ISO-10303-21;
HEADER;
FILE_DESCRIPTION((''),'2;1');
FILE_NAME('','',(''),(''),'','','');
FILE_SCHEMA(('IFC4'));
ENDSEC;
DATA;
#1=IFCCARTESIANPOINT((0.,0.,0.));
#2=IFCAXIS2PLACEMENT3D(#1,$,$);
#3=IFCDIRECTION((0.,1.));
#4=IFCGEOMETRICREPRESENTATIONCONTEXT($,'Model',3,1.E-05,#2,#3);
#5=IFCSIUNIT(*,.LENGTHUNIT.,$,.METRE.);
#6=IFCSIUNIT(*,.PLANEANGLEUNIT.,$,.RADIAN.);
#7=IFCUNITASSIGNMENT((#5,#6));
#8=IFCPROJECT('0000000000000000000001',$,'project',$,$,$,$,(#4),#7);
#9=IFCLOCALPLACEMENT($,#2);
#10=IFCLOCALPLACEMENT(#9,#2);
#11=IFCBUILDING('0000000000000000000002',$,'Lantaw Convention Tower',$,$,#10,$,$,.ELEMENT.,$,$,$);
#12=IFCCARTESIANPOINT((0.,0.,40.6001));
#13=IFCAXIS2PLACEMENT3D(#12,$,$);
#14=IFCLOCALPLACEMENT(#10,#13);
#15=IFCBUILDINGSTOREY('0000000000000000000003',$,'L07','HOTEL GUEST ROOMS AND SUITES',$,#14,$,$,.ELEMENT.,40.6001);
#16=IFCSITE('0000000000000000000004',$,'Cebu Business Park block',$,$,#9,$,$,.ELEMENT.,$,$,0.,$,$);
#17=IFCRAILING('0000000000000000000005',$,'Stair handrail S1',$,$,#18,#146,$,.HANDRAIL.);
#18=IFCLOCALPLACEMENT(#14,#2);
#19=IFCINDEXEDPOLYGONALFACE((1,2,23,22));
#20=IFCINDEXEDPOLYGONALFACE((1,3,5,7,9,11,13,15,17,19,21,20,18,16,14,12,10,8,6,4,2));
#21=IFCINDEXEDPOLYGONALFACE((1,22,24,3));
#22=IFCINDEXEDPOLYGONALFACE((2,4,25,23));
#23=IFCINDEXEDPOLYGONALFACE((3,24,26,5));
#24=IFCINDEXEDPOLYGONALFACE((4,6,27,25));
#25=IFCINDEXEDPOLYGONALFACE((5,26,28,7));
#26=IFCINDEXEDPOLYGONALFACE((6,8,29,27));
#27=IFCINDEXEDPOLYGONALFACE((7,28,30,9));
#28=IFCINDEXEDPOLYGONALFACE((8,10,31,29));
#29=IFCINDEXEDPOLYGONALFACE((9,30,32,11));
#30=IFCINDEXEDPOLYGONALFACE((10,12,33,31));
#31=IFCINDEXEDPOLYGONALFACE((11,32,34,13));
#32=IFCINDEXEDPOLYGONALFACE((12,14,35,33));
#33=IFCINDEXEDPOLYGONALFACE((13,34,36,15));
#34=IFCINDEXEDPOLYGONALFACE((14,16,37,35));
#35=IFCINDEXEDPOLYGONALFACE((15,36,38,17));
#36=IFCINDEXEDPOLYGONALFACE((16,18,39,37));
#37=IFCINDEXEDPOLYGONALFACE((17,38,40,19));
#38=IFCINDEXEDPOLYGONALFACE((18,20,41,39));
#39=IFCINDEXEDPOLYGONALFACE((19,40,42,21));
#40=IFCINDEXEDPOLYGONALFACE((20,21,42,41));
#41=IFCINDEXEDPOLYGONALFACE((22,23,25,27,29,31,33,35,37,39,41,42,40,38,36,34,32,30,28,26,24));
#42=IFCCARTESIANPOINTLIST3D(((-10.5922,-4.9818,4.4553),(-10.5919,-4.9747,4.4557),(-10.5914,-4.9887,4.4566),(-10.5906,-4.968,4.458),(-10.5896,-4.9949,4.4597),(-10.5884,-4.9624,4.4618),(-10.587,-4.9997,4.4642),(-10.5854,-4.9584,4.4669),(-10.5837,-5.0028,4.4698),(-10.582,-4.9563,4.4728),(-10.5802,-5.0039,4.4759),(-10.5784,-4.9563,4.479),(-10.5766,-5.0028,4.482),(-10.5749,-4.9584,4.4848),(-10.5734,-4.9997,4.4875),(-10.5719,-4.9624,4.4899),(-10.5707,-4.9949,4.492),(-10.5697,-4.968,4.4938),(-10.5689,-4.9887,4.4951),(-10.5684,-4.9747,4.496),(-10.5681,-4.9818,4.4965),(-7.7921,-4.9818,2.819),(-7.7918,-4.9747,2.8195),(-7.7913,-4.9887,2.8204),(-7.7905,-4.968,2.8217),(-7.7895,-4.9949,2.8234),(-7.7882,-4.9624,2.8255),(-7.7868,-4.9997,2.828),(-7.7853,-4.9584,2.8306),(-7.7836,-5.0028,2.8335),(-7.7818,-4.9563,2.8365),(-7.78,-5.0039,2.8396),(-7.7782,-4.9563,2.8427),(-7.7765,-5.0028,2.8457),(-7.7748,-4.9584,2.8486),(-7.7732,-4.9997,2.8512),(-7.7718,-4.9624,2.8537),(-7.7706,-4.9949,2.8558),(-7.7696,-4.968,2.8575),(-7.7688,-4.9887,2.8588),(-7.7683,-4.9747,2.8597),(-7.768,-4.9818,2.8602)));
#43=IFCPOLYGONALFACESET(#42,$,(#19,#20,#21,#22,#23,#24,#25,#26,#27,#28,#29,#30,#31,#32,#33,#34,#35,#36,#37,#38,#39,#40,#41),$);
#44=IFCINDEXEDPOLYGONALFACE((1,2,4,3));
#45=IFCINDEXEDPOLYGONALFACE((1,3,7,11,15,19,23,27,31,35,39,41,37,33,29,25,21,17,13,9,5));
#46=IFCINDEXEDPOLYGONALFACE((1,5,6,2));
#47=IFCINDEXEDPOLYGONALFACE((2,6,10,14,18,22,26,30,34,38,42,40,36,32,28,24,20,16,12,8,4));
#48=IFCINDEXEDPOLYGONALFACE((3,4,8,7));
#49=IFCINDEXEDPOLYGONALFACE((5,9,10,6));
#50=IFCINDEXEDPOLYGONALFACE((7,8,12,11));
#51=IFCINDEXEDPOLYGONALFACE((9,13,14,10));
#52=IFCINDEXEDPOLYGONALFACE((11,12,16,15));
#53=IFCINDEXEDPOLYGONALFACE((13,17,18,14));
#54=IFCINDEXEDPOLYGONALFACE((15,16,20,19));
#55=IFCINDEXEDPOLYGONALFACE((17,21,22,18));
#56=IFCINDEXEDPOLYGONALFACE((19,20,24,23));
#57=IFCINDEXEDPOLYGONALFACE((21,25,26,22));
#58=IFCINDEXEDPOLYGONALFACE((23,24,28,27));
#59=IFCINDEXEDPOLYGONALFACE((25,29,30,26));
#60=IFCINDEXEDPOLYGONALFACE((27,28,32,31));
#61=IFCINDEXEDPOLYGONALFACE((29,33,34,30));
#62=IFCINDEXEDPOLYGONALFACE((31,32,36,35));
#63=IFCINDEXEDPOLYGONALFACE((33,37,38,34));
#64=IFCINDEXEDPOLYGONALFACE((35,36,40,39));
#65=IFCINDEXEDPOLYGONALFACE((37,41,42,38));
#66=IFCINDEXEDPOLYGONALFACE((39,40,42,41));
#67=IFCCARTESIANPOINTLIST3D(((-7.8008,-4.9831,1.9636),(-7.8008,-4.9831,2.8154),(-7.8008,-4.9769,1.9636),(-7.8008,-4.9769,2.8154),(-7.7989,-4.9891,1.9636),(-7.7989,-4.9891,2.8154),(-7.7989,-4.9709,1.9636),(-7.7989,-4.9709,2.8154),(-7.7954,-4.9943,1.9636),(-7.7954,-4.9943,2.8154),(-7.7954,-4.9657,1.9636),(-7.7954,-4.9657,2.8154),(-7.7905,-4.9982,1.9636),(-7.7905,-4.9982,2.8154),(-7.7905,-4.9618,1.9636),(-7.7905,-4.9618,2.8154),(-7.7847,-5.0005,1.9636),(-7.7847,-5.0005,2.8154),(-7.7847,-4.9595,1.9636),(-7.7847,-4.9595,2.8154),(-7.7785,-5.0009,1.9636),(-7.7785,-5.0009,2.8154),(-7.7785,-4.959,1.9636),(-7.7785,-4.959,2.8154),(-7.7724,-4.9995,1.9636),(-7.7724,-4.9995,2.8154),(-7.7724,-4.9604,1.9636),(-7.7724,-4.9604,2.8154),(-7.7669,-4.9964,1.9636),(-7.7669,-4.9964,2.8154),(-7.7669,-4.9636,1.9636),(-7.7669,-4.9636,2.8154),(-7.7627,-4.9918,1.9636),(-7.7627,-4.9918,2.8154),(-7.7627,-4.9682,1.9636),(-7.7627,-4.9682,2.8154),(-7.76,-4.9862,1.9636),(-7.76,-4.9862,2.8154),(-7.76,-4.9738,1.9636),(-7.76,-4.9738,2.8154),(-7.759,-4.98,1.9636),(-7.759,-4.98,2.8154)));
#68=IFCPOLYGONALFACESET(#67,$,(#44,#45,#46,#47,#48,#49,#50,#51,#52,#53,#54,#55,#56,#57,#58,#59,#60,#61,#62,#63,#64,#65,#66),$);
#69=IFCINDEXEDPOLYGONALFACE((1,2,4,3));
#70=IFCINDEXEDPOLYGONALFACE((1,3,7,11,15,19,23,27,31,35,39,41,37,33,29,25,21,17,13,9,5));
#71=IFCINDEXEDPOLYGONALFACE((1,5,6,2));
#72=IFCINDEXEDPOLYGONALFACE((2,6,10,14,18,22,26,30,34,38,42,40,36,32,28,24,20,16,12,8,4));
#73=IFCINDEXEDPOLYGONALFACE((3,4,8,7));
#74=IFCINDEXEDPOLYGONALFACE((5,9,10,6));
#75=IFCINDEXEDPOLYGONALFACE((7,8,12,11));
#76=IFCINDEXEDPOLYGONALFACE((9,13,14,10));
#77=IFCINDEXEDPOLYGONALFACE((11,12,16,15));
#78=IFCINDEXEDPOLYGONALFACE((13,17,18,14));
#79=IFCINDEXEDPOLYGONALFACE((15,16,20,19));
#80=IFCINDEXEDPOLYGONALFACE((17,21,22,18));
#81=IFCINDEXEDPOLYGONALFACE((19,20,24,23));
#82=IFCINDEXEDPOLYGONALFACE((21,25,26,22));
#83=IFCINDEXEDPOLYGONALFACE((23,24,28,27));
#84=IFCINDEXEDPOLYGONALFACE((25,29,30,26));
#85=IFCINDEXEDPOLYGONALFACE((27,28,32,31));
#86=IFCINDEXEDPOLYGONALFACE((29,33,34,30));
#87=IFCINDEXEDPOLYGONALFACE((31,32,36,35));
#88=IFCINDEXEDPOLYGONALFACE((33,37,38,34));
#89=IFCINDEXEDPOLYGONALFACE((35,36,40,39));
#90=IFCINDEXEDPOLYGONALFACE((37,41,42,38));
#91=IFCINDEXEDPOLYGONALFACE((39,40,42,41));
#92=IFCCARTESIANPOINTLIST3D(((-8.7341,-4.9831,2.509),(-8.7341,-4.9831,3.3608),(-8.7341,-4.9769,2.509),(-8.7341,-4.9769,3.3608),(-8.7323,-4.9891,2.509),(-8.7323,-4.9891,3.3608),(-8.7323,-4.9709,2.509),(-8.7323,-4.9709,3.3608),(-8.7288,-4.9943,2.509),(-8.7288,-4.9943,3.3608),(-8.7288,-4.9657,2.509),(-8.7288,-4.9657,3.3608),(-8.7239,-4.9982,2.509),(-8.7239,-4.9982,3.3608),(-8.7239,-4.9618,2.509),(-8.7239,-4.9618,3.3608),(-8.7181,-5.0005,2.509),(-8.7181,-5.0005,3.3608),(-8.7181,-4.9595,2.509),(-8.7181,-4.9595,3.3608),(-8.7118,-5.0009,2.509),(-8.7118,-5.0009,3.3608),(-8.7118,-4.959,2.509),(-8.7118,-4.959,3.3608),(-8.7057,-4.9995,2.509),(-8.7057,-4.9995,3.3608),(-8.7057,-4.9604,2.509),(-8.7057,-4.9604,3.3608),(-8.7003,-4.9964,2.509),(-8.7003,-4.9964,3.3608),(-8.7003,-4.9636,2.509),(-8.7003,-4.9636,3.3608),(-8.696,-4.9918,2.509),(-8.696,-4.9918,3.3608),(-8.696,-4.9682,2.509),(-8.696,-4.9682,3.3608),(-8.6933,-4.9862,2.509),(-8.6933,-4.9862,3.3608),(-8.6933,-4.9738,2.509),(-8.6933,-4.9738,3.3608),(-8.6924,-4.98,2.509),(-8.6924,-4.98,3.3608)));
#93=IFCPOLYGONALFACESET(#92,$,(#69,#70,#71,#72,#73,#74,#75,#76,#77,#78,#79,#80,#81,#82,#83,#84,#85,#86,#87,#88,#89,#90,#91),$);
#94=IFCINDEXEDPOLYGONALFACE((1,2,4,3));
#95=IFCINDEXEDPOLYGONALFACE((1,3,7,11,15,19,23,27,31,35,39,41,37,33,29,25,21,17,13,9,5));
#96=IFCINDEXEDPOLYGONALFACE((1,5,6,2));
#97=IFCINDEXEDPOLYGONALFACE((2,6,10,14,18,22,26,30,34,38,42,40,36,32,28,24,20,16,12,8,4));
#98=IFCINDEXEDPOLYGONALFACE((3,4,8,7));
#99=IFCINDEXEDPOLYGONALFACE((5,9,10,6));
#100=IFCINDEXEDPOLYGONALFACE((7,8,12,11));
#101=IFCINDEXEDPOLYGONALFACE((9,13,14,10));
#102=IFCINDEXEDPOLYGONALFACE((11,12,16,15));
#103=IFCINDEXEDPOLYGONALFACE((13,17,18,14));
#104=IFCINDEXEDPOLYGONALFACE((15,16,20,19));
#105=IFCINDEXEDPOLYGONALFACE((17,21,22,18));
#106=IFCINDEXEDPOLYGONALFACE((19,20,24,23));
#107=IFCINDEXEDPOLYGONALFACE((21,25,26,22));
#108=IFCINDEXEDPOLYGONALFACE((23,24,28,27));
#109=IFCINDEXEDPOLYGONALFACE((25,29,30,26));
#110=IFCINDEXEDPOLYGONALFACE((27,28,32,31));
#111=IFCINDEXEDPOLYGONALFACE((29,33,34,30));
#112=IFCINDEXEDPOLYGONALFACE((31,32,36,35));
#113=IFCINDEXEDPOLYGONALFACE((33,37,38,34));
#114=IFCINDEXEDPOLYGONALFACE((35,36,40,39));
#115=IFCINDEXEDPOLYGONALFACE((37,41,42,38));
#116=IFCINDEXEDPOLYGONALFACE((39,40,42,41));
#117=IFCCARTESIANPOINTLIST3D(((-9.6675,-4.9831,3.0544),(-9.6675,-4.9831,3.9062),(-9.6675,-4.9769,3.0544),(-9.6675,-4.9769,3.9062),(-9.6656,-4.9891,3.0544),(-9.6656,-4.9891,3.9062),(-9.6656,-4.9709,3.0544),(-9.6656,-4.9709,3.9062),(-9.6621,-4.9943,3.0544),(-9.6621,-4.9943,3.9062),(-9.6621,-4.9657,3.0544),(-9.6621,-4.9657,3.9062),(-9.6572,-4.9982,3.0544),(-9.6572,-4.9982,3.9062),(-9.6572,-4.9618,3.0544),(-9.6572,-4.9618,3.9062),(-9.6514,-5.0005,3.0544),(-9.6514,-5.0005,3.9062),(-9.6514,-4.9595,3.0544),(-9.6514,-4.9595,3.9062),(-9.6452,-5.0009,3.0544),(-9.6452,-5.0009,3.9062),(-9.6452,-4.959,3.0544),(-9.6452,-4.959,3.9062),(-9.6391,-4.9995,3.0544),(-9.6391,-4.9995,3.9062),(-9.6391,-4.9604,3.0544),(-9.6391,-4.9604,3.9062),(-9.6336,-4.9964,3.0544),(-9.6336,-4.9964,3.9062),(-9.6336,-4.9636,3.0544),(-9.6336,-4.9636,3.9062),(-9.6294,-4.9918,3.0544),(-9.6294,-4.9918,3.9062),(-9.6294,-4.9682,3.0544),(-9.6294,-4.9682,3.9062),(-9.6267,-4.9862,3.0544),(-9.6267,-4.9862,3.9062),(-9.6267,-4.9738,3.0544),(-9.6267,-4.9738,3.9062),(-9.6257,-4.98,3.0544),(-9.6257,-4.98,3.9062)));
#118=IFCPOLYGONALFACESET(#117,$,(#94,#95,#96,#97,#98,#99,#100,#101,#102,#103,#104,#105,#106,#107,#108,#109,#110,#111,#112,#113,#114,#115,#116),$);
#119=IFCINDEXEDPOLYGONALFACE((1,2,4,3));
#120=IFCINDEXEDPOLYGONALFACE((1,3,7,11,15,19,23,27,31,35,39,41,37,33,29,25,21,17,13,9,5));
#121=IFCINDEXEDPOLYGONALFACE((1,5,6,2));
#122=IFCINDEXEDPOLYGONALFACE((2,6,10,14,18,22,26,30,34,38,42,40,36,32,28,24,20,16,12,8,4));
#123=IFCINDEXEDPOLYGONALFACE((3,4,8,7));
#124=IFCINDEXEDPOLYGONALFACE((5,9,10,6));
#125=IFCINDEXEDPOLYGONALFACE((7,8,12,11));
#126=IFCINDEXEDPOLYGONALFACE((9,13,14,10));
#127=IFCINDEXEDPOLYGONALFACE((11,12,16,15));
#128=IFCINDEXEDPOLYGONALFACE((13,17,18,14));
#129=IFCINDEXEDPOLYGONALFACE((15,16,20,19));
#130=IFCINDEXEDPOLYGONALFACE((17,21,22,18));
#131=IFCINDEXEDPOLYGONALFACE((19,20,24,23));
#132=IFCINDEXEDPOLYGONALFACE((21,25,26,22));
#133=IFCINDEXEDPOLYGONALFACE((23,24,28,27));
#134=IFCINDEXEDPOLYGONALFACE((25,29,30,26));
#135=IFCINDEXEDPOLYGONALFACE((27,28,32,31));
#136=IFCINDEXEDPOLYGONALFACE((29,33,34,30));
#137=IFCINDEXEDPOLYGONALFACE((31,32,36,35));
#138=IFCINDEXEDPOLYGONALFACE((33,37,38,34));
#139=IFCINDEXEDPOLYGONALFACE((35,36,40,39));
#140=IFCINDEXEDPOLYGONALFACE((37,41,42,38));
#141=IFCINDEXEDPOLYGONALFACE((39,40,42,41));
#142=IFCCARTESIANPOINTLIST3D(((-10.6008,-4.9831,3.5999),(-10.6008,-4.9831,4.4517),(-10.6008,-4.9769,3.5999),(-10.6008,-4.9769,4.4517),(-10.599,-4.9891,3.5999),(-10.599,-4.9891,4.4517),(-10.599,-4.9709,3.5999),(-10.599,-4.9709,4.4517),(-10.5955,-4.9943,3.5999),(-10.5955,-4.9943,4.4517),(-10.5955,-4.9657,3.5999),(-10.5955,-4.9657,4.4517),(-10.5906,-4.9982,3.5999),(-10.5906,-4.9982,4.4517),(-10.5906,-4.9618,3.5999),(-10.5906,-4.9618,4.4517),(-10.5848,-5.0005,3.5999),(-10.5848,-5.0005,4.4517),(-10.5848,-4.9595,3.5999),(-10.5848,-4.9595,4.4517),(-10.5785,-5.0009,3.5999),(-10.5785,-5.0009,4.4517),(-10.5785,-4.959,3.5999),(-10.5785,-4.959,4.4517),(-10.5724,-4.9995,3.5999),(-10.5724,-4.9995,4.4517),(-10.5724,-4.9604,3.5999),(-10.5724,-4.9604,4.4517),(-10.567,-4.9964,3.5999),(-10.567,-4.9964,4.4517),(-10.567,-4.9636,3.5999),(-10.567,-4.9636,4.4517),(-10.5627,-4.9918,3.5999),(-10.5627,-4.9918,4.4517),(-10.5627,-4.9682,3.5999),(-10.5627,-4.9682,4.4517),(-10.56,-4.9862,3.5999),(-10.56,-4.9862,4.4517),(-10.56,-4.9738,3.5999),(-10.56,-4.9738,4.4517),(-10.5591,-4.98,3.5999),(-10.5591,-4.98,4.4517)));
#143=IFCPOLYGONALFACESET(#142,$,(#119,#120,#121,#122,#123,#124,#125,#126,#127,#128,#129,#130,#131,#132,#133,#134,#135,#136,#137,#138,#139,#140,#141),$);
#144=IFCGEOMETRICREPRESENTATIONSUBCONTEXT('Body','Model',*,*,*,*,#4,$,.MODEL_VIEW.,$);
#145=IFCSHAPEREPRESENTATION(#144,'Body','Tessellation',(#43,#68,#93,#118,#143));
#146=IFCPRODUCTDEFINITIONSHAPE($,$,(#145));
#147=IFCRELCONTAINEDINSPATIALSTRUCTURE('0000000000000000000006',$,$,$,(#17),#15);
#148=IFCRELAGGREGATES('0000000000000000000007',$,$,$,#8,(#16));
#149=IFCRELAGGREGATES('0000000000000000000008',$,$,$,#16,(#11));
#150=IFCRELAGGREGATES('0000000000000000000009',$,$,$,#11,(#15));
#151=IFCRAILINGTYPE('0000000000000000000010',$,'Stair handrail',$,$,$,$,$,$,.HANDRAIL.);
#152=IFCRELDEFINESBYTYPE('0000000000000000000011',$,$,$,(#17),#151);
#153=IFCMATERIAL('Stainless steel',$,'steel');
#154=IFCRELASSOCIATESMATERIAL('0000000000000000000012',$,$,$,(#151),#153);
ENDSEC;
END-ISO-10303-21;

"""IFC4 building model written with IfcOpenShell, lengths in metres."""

from ifc_helpers import new_model, si_unit, direction, frame, origin, origin_2d, place, context, subcontext, project, spatial, circle, extrude, material, type_object, element, save


model = new_model("IFC4")

# Units and contexts
model_context = context("Model", 3, precision=1e-05, world=origin(), true_north=direction((0.0, 1.0)))
body_context = subcontext(model_context, "Body", "Model", "MODEL_VIEW")
ifc_project = project(units=[si_unit("LENGTHUNIT", "METRE"), si_unit("PLANEANGLEUNIT", "RADIAN")], contexts=[model_context])

# Site, building, storey
site_placement = place(None, origin())
site = spatial("IfcSite", under=ifc_project, at=site_placement, Name="Cebu Business Park block", CompositionType="ELEMENT", RefElevation=0.0)
building_placement = place(site_placement, origin())
building = spatial("IfcBuilding", under=site, at=building_placement, Name="Lantaw Convention Tower", CompositionType="ELEMENT")
storey_placement = place(building_placement, frame((0.0, 0.0, 40.6001)))
storey = spatial("IfcBuildingStorey", under=building, at=storey_placement, Name="L07", Description="HOTEL GUEST ROOMS AND SUITES", CompositionType="ELEMENT", Elevation=40.6001)

# Shared definitions
ifc_material_1 = material(Name="Stainless steel", Category="steel")

# Railing
railing_type = type_object("IfcRailingType", Name="Stair handrail", PredefinedType="HANDRAIL", material=ifc_material_1)
railing_1_placement = place(storey_placement, frame((-7.78, -4.98, 1.9636)))
element("IfcRailing", 1, at=railing_1_placement, inside=storey, type_object=railing_type, Name="Stair handrail S1", PredefinedType="HANDRAIL", context=body_context, shape_type="SweptSolid", body=[
    extrude(circle(Radius=0.0239, at=origin_2d()), frame((0.0, 0.0, 0.876), z_axis=(-0.863394, 0.0, 0.504531), x_axis=(0.0, -1.0, 0.0)), (0.0, 0.0, 1.0), 3.2432),
    extrude(circle(Radius=0.021, at=origin_2d()), origin(), (0.0, 0.0, 1.0), 0.8518),
    extrude(circle(Radius=0.021, at=origin_2d()), frame((-0.9333, 0.0, 0.5454)), (0.0, 0.0, 1.0), 0.8518),
    extrude(circle(Radius=0.021, at=origin_2d()), frame((-1.8667, 0.0, 1.0908)), (0.0, 0.0, 1.0), 0.8518),
    extrude(circle(Radius=0.021, at=origin_2d()), frame((-2.8, 0.0, 1.6362)), (0.0, 0.0, 1.0), 0.8518),
])

save(model, "model.ifc")
